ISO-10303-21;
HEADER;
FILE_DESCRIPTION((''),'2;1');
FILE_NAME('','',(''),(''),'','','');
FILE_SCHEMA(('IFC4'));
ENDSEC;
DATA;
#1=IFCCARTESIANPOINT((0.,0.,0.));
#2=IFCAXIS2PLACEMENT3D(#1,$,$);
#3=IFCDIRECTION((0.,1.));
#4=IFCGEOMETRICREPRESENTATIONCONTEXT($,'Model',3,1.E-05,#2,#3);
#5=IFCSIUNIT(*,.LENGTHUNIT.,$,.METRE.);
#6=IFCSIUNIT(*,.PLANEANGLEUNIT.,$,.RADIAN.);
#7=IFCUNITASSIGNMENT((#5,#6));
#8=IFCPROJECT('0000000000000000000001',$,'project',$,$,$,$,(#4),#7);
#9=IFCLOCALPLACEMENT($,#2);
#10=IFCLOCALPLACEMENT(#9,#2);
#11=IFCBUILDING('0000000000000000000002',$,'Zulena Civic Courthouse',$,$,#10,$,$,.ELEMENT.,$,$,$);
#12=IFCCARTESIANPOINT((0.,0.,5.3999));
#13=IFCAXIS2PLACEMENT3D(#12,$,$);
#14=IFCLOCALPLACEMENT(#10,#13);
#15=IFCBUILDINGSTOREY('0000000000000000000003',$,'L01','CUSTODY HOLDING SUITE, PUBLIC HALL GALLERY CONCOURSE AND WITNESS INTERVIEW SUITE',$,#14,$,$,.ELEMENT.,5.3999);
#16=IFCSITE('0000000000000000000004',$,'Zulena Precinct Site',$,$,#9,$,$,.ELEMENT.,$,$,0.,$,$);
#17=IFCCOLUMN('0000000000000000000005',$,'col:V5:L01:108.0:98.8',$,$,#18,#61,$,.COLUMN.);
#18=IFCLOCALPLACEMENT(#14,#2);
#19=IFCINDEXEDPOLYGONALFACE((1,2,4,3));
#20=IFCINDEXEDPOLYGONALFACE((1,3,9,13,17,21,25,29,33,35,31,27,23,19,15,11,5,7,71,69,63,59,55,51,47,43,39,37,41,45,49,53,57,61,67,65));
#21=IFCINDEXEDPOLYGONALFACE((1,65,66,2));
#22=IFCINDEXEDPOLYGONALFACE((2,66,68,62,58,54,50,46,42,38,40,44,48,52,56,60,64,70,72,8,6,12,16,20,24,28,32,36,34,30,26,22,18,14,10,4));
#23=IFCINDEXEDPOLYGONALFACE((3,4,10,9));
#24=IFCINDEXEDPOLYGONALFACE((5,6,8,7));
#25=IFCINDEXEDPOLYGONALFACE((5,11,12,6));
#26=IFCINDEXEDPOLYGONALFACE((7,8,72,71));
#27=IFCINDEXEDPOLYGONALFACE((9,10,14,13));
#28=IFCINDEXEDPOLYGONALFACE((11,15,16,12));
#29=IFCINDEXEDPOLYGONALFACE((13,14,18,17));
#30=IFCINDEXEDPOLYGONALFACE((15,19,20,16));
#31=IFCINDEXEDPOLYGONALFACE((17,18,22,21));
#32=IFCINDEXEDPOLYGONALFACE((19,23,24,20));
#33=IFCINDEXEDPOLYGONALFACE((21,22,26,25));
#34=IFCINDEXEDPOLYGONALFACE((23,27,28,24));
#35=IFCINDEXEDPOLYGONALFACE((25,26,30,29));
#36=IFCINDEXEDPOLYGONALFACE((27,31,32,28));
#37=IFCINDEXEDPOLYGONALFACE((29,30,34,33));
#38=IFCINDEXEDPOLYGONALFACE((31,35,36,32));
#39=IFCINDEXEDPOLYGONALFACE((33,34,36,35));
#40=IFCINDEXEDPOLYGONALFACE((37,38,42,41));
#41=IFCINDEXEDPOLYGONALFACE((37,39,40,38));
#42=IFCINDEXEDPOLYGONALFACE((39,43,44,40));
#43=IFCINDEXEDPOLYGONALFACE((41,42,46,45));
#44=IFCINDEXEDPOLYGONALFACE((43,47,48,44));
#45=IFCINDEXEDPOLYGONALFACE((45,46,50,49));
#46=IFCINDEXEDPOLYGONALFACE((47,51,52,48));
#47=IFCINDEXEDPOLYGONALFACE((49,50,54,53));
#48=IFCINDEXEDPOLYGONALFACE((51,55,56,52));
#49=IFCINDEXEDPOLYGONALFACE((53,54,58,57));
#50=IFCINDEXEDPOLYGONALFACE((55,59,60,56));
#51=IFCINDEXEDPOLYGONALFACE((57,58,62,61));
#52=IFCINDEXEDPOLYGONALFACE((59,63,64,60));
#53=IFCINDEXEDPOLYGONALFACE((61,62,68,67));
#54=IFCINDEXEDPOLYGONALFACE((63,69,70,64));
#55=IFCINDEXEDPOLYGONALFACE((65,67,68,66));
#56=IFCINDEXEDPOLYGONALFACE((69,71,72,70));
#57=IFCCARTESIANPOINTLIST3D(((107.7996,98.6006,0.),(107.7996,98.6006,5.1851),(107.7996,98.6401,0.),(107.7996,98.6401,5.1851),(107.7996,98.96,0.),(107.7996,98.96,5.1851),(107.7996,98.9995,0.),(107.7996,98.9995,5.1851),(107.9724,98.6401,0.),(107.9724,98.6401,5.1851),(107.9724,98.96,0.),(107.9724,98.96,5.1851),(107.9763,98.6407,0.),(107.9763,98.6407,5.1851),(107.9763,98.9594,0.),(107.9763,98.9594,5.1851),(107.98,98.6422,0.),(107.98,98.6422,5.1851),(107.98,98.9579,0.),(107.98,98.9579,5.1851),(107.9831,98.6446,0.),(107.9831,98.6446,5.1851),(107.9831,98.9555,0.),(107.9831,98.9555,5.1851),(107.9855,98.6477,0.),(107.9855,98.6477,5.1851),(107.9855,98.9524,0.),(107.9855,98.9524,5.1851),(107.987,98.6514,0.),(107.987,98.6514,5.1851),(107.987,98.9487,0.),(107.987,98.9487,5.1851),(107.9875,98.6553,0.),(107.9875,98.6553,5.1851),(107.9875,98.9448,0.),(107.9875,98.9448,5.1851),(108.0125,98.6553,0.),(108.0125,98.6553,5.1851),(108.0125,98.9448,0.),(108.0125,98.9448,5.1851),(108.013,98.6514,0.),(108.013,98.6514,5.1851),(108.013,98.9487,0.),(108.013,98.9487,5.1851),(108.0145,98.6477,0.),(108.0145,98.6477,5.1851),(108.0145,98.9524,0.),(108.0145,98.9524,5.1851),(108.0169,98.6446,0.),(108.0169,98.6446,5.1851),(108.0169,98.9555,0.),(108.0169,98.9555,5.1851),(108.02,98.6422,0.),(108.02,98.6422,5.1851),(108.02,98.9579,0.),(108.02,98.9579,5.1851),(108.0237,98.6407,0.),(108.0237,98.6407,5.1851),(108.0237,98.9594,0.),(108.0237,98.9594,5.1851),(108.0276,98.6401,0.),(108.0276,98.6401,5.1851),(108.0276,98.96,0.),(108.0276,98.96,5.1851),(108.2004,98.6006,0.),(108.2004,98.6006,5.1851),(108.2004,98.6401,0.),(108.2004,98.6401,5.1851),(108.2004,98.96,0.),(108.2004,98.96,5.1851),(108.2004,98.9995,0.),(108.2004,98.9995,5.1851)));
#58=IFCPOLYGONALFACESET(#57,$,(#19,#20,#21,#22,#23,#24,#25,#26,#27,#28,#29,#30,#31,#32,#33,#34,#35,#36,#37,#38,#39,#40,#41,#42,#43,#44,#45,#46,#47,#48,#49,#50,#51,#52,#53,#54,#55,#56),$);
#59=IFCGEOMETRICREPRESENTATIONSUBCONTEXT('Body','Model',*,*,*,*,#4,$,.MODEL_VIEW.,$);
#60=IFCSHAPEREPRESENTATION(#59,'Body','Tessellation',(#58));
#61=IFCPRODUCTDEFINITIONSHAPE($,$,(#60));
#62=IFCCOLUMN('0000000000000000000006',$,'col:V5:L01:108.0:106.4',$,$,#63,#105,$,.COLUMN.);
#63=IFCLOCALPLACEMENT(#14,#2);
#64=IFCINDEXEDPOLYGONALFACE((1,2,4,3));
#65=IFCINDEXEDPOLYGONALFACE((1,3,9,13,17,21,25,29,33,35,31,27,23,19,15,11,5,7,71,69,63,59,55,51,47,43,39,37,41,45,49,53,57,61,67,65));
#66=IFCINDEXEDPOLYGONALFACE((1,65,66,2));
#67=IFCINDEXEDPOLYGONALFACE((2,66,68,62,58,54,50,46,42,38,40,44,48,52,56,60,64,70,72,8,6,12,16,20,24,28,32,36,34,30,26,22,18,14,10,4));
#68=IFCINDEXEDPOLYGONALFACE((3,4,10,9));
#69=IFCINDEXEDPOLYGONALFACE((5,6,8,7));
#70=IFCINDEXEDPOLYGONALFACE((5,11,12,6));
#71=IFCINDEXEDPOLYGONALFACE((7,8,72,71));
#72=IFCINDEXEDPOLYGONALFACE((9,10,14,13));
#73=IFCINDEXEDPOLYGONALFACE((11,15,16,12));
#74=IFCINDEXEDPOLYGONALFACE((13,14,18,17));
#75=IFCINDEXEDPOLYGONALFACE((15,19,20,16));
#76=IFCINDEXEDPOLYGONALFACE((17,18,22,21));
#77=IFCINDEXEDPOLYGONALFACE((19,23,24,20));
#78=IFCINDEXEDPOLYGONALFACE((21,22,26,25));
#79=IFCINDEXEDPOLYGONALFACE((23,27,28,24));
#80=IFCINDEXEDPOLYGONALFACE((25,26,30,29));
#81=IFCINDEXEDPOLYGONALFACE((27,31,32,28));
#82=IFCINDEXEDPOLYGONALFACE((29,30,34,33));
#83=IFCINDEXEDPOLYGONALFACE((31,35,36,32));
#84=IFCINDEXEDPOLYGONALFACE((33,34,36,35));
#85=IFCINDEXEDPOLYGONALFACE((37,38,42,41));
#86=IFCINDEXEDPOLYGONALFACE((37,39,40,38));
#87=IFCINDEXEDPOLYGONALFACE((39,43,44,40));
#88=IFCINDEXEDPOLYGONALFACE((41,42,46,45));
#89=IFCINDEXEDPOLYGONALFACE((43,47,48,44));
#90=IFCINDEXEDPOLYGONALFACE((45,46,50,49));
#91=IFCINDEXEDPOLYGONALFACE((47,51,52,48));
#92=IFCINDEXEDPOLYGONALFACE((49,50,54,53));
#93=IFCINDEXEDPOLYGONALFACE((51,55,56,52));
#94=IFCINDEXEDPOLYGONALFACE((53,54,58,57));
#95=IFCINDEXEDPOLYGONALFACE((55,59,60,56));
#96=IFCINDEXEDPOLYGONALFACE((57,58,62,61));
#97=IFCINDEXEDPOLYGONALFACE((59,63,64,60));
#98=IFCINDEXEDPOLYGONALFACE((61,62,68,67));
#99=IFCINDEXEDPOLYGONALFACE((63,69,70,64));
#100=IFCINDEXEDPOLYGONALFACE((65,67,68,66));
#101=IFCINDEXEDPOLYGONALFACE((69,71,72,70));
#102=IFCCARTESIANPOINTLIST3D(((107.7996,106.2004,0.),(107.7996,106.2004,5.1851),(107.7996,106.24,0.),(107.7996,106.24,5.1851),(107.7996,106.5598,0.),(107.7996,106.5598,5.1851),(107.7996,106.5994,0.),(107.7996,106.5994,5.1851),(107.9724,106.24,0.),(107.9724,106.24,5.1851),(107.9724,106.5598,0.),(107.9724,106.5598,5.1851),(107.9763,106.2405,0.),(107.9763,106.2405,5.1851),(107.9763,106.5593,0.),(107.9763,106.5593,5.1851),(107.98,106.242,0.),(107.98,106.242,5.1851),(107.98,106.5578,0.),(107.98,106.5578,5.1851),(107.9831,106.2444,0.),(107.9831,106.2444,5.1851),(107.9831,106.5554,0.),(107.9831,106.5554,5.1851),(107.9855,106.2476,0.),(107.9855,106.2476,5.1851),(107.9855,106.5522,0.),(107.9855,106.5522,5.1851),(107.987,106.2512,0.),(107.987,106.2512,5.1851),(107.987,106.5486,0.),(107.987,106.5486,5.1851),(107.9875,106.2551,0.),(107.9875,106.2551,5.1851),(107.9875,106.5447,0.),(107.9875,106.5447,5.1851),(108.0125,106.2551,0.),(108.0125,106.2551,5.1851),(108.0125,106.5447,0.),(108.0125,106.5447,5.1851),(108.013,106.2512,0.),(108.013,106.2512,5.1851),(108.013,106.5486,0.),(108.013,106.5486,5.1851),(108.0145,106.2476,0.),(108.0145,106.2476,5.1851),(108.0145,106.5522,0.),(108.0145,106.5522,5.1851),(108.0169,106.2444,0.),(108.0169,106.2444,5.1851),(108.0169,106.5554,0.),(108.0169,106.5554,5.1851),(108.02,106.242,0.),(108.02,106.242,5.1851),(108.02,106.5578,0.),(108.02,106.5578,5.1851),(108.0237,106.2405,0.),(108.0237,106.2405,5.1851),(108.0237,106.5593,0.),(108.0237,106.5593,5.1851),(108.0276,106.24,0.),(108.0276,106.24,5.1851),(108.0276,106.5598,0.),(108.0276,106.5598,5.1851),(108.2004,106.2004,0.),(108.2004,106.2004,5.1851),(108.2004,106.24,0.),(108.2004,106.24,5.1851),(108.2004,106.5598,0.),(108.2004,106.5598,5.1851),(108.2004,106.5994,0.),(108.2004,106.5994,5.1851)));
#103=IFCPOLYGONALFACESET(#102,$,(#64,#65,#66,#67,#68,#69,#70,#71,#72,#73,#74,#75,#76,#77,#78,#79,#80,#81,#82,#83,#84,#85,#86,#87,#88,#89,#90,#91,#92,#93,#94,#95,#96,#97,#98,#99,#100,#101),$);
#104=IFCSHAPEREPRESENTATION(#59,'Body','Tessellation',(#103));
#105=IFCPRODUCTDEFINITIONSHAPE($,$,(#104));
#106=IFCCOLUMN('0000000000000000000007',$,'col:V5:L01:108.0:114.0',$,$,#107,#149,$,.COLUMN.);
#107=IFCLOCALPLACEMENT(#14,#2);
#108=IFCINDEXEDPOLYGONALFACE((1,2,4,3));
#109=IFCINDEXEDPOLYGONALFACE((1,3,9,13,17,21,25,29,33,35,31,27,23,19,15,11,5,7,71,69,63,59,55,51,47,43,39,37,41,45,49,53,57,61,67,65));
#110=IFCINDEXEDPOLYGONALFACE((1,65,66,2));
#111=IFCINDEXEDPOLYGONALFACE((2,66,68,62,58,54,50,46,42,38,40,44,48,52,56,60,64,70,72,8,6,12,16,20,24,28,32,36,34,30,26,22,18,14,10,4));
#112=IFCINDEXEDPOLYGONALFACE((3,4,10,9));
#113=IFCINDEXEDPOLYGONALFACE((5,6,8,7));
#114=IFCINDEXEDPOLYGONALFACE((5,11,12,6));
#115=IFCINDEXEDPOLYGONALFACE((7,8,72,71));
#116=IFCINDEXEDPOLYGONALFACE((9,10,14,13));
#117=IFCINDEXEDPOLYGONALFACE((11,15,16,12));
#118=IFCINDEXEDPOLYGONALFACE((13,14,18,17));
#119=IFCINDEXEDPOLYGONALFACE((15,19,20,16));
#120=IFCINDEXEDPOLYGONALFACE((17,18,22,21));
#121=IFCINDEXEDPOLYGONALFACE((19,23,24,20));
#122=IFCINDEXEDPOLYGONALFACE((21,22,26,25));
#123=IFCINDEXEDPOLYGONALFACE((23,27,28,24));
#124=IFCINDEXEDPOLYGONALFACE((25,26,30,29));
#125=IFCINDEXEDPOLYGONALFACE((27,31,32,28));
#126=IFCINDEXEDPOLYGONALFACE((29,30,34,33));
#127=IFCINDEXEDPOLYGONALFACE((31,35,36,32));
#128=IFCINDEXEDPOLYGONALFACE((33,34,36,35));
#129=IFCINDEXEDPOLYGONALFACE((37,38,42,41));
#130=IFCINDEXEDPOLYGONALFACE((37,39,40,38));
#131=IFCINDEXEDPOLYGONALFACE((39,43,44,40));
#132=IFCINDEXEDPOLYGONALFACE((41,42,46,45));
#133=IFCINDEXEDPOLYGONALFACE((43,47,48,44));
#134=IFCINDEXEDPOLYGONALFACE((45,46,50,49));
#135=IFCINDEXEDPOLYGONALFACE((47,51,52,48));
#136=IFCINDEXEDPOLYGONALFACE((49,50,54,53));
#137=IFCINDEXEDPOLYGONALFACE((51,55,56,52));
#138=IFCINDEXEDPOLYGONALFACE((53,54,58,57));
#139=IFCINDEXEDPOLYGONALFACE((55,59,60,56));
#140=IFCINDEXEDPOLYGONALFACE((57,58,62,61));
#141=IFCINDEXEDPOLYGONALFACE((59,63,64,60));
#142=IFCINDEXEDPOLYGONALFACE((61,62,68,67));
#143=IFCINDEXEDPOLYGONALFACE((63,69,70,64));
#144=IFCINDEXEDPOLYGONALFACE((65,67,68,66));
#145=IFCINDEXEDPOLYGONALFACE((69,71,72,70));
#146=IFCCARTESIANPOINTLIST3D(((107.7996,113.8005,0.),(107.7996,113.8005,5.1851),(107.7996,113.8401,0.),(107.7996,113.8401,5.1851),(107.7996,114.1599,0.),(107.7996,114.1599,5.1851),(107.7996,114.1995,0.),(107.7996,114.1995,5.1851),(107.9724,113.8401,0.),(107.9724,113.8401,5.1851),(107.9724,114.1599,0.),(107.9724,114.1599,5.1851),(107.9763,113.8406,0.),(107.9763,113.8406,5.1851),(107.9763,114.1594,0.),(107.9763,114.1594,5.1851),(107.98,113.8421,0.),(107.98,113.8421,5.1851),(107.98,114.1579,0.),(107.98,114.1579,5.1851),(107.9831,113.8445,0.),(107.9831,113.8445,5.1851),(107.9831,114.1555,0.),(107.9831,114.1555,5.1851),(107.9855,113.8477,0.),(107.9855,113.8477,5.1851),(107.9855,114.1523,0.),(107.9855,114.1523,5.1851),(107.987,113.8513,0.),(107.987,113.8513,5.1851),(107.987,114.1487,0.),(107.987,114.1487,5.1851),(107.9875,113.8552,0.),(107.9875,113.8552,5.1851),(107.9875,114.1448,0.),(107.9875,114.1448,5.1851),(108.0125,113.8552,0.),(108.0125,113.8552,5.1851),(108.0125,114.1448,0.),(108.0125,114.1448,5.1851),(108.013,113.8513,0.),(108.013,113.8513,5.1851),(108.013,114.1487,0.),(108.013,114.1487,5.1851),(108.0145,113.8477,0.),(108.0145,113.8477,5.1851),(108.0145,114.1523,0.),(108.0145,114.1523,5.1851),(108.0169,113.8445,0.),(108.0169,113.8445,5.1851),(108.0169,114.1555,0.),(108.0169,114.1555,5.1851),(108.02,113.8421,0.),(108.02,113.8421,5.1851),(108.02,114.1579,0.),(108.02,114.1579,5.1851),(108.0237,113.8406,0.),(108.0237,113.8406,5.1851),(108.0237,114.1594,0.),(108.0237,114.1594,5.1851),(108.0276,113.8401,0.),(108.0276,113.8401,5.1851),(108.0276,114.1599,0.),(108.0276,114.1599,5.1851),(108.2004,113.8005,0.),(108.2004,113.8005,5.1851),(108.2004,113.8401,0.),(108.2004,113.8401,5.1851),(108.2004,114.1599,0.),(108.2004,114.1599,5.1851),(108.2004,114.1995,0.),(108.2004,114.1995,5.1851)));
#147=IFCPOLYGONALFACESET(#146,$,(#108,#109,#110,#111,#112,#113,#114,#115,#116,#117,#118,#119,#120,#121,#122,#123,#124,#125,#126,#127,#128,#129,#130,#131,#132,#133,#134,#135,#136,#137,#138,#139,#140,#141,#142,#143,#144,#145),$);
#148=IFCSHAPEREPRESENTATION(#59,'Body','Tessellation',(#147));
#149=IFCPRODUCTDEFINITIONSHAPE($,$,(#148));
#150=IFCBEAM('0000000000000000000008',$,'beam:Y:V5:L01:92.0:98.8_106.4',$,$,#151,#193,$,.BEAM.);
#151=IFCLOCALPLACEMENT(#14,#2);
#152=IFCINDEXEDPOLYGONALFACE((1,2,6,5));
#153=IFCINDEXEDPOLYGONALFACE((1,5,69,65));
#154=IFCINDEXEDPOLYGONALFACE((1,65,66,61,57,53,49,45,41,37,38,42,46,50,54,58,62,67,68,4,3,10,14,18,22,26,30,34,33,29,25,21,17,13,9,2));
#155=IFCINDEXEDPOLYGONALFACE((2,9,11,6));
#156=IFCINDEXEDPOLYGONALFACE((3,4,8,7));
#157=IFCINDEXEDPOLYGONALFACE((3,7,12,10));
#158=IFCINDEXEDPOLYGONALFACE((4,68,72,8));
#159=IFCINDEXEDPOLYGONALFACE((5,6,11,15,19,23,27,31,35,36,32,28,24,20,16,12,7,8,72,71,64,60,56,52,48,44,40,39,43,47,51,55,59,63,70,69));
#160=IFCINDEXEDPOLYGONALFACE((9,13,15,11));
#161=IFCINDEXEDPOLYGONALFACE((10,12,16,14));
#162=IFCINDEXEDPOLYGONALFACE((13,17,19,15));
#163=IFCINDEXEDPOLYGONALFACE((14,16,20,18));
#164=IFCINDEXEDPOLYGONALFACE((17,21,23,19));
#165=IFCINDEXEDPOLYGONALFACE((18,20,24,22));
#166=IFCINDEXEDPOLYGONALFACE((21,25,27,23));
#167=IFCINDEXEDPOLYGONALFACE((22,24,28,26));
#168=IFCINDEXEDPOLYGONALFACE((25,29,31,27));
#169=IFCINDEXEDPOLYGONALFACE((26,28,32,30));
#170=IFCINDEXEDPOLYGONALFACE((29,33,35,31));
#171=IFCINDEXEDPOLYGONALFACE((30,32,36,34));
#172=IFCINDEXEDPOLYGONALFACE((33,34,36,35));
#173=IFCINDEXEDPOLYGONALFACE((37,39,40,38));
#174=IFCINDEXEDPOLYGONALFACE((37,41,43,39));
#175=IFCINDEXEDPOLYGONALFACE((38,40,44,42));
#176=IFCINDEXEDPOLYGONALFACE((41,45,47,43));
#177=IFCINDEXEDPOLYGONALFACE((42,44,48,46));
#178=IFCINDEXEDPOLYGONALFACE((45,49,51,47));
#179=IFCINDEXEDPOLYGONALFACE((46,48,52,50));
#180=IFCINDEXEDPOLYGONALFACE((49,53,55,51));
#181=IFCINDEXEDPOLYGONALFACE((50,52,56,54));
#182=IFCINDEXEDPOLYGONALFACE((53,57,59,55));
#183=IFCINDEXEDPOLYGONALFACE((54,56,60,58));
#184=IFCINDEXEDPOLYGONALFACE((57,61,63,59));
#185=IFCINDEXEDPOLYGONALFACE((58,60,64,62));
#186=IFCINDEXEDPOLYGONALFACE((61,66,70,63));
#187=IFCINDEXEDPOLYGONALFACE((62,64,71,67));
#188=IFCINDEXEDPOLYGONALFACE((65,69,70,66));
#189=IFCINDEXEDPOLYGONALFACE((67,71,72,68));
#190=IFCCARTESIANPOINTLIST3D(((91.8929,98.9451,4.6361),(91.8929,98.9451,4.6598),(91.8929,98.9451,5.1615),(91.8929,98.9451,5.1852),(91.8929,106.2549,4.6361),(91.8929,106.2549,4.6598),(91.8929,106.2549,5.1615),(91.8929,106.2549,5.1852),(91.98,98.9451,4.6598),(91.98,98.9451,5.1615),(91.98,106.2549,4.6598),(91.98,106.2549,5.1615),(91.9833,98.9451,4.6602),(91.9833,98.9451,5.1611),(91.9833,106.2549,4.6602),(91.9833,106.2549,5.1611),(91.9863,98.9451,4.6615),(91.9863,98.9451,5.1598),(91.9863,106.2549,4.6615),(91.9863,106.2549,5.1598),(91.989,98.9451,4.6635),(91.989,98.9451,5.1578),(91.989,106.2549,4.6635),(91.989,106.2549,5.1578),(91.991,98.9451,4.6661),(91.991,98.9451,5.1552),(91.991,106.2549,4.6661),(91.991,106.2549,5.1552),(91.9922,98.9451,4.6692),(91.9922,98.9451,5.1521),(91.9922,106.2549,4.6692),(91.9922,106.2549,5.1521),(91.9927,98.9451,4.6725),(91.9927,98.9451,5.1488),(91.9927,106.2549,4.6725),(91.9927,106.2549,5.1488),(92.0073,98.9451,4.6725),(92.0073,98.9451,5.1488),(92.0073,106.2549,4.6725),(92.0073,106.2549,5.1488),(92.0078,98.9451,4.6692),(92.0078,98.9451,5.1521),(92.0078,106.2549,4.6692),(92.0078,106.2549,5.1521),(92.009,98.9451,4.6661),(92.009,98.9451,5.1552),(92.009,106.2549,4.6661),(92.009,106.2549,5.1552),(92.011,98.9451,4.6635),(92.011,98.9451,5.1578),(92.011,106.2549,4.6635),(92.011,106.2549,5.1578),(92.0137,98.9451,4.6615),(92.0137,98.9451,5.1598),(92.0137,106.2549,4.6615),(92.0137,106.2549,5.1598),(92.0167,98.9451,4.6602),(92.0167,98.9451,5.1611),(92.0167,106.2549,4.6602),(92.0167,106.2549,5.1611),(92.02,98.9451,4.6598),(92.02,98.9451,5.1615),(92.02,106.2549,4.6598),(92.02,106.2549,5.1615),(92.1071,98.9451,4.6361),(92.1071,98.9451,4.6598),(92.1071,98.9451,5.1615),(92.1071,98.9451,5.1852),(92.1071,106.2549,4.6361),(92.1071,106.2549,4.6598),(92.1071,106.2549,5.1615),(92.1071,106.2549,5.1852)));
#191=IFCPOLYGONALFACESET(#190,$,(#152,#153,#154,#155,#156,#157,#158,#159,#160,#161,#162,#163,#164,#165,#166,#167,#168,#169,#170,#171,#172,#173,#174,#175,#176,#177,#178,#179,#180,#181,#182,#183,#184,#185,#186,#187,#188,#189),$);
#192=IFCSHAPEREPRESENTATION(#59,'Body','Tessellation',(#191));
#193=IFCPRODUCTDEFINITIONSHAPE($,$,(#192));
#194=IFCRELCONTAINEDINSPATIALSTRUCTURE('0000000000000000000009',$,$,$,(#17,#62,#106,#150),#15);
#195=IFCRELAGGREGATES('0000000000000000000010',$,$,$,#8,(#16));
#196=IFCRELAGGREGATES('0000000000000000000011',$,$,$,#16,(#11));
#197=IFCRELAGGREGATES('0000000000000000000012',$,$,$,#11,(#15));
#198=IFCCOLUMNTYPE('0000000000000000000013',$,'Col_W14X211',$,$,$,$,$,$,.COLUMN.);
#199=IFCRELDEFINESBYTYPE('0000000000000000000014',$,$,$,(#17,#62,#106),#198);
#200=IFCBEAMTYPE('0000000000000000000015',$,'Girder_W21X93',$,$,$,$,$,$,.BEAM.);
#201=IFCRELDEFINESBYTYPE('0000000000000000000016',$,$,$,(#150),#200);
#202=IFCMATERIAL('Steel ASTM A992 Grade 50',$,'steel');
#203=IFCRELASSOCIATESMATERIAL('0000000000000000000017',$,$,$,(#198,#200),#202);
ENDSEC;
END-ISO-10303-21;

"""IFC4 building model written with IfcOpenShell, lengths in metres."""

from ifc_helpers import new_model, si_unit, direction, frame, origin, origin_2d, place, context, subcontext, project, spatial, i_section, extrude, material, material_profile, profile_set, type_object, element, save


model = new_model("IFC4")

# Units and contexts
model_context = context("Model", 3, precision=1e-05, world=origin(), true_north=direction((0.0, 1.0)))
body_context = subcontext(model_context, "Body", "Model", "MODEL_VIEW")
ifc_project = project(units=[si_unit("LENGTHUNIT", "METRE"), si_unit("PLANEANGLEUNIT", "RADIAN")], contexts=[model_context])

# Site, building, storey
site_placement = place(None, origin())
site = spatial("IfcSite", under=ifc_project, at=site_placement, Name="Zulena Precinct Site", CompositionType="ELEMENT", RefElevation=0.0)
building_placement = place(site_placement, origin())
building = spatial("IfcBuilding", under=site, at=building_placement, Name="Zulena Civic Courthouse", CompositionType="ELEMENT")
storey_placement = place(building_placement, frame((0.0, 0.0, 5.3999)))
storey = spatial("IfcBuildingStorey", under=building, at=storey_placement, Name="L01", Description="CUSTODY HOLDING SUITE, PUBLIC HALL GALLERY CONCOURSE AND WITNESS INTERVIEW SUITE", CompositionType="ELEMENT", Elevation=5.3999)

# Columns
ifc_material_1 = material(Name="Steel ASTM A992 Grade 50", Category="steel")
ifc_material_profile_1 = material_profile(ifc_material_1, i_section(OverallWidth=0.4009, OverallDepth=0.3989, WebThickness=0.0249, FlangeThickness=0.0396, FilletRadius=0.0151, at=origin_2d()), Name="W14X211")
ifc_profile_set_1 = profile_set([ifc_material_profile_1], Name="Steel ASTM A992 Grade 50")
column_type = type_object("IfcColumnType", Name="Col_W14X211", PredefinedType="COLUMN", material=ifc_profile_set_1)
for number, where, z_axis, x_axis, name in (
    (1, (108.0, 98.8, 0.0), (0.0, 0.0, 1.0), (1.0, 0.0, 0.0), "col:V5:L01:108.0:98.8"),
    (2, (108.0, 106.3999, 0.0), (0.0, 0.0, 1.0), (1.0, 0.0, 0.0), "col:V5:L01:108.0:106.4"),
    (3, (108.0, 114.0, 0.0), (0.0, 0.0, 1.0), (1.0, 0.0, 0.0), "col:V5:L01:108.0:114.0"),
):
    element("IfcColumn", number, at=place(storey_placement, frame(where, z_axis=z_axis, x_axis=x_axis)), inside=storey, type_object=column_type, Name=name, PredefinedType="COLUMN", context=body_context, shape_type="SweptSolid", body=[
        extrude(i_section(OverallWidth=0.4009, OverallDepth=0.3989, WebThickness=0.0249, FlangeThickness=0.0396, FilletRadius=0.0151, at=origin_2d()), origin(), (0.0, 0.0, 1.0), 5.1851),
    ])

# Beam
ifc_material_profile_2 = material_profile(ifc_material_1, i_section(OverallWidth=0.2141, OverallDepth=0.5491, WebThickness=0.0146, FlangeThickness=0.0237, FilletRadius=0.0127, at=origin_2d()), Name="W21X93")
ifc_profile_set_2 = profile_set([ifc_material_profile_2], Name="Steel ASTM A992 Grade 50")
beam_type_1 = type_object("IfcBeamType", Name="Girder_W21X93", PredefinedType="BEAM", material=ifc_profile_set_2)
for number, where, z_axis, x_axis, name in (
    (4, (92.0, 98.9451, 4.9106), (0.0, 1.0, 0.0), (-1.0, 0.0, 0.0), "beam:Y:V5:L01:92.0:98.8_106.4"),
):
    element("IfcBeam", number, at=place(storey_placement, frame(where, z_axis=z_axis, x_axis=x_axis)), inside=storey, type_object=beam_type_1, Name=name, PredefinedType="BEAM", context=body_context, shape_type="SweptSolid", body=[
        extrude(i_section(OverallWidth=0.2141, OverallDepth=0.5491, WebThickness=0.0146, FlangeThickness=0.0237, FilletRadius=0.0127, at=origin_2d()), origin(), (0.0, 0.0, 1.0), 7.3098),
    ])

save(model, "model.ifc")
